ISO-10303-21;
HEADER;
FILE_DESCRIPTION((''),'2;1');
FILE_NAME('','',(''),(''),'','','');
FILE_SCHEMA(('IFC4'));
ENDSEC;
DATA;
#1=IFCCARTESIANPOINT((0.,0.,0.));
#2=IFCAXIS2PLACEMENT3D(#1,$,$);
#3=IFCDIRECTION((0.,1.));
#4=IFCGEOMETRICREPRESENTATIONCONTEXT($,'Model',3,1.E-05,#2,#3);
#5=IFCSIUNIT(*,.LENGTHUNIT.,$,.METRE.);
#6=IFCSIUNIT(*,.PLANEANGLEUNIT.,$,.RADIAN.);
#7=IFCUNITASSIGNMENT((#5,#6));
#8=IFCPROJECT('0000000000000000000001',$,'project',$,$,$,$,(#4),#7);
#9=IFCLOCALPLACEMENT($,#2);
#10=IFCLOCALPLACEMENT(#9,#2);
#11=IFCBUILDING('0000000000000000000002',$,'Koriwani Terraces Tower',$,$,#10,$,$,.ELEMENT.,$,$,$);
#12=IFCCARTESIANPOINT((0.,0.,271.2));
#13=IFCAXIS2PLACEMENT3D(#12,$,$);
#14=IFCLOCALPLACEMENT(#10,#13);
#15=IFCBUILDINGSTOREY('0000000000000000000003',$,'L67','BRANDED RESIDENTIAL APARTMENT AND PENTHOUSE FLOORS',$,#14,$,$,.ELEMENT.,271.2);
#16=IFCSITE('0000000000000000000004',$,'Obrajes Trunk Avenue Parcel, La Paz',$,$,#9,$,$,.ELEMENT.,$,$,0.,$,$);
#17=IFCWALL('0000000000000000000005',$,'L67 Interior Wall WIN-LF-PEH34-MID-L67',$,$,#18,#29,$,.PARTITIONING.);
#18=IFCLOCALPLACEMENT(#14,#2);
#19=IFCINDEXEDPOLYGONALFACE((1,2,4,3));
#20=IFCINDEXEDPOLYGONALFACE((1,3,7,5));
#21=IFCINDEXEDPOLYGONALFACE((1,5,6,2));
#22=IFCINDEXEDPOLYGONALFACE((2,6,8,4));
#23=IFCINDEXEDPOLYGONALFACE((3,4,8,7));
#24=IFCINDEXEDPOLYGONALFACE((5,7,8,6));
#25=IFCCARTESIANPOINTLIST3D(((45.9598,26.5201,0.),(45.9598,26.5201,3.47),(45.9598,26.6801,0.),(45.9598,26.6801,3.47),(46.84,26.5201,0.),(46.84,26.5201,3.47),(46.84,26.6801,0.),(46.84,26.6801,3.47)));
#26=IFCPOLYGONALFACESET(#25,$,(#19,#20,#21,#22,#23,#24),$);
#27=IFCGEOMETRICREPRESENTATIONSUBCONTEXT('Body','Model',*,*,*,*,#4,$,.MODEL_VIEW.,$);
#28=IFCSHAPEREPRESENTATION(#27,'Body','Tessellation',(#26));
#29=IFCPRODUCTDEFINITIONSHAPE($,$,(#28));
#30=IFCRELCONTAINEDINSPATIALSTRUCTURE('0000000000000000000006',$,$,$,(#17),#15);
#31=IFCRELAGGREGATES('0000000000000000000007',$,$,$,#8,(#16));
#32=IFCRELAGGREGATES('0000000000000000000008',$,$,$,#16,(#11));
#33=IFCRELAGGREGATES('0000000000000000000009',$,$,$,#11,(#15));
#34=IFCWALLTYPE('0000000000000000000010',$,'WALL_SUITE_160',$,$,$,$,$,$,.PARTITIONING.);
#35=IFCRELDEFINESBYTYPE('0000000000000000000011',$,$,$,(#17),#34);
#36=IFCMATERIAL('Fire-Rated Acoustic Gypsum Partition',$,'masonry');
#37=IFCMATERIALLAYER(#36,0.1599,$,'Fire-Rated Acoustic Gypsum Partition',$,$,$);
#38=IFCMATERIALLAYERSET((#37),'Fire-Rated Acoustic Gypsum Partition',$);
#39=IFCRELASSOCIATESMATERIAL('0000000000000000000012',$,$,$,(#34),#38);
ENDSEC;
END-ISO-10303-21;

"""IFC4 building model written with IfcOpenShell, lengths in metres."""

from ifc_helpers import new_model, si_unit, direction, frame, frame_2d, origin, place, context, subcontext, project, spatial, rectangle, extrude, material, layer, layer_set, type_object, element, save


model = new_model("IFC4")

# Units and contexts
model_context = context("Model", 3, precision=1e-05, world=origin(), true_north=direction((0.0, 1.0)))
body_context = subcontext(model_context, "Body", "Model", "MODEL_VIEW")
ifc_project = project(units=[si_unit("LENGTHUNIT", "METRE"), si_unit("PLANEANGLEUNIT", "RADIAN")], contexts=[model_context])

# Site, building, storey
site_placement = place(None, origin())
site = spatial("IfcSite", under=ifc_project, at=site_placement, Name="Obrajes Trunk Avenue Parcel, La Paz", CompositionType="ELEMENT", RefElevation=0.0)
building_placement = place(site_placement, origin())
building = spatial("IfcBuilding", under=site, at=building_placement, Name="Koriwani Terraces Tower", CompositionType="ELEMENT")
storey_placement = place(building_placement, frame((0.0, 0.0, 271.2)))
storey = spatial("IfcBuildingStorey", under=building, at=storey_placement, Name="L67", Description="BRANDED RESIDENTIAL APARTMENT AND PENTHOUSE FLOORS", CompositionType="ELEMENT", Elevation=271.2)

# Wall
ifc_material_1 = material(Name="Fire-Rated Acoustic Gypsum Partition", Category="masonry")
ifc_layer_1 = layer(ifc_material_1, 0.1599, Name="Fire-Rated Acoustic Gypsum Partition")
ifc_layer_set_1 = layer_set([ifc_layer_1], Name="Fire-Rated Acoustic Gypsum Partition")
wall_type_1 = type_object("IfcWallType", Name="WALL_SUITE_160", PredefinedType="PARTITIONING", material=ifc_layer_set_1)
wall_1_placement = place(storey_placement, frame((45.96, 26.6001, 0.0), z_axis=(0.0, 0.0, 1.0), x_axis=(1.0, 0.0, 0.0)))
element("IfcWall", 1, at=wall_1_placement, inside=storey, type_object=wall_type_1, Name="L67 Interior Wall WIN-LF-PEH34-MID-L67", PredefinedType="PARTITIONING", context=body_context, shape_type="SweptSolid", body=[
    extrude(rectangle(XDim=0.8801, YDim=0.1599, at=frame_2d((0.4399, 0.0))), origin(), (0.0, 0.0, 1.0), 3.47),
])

save(model, "model.ifc")
